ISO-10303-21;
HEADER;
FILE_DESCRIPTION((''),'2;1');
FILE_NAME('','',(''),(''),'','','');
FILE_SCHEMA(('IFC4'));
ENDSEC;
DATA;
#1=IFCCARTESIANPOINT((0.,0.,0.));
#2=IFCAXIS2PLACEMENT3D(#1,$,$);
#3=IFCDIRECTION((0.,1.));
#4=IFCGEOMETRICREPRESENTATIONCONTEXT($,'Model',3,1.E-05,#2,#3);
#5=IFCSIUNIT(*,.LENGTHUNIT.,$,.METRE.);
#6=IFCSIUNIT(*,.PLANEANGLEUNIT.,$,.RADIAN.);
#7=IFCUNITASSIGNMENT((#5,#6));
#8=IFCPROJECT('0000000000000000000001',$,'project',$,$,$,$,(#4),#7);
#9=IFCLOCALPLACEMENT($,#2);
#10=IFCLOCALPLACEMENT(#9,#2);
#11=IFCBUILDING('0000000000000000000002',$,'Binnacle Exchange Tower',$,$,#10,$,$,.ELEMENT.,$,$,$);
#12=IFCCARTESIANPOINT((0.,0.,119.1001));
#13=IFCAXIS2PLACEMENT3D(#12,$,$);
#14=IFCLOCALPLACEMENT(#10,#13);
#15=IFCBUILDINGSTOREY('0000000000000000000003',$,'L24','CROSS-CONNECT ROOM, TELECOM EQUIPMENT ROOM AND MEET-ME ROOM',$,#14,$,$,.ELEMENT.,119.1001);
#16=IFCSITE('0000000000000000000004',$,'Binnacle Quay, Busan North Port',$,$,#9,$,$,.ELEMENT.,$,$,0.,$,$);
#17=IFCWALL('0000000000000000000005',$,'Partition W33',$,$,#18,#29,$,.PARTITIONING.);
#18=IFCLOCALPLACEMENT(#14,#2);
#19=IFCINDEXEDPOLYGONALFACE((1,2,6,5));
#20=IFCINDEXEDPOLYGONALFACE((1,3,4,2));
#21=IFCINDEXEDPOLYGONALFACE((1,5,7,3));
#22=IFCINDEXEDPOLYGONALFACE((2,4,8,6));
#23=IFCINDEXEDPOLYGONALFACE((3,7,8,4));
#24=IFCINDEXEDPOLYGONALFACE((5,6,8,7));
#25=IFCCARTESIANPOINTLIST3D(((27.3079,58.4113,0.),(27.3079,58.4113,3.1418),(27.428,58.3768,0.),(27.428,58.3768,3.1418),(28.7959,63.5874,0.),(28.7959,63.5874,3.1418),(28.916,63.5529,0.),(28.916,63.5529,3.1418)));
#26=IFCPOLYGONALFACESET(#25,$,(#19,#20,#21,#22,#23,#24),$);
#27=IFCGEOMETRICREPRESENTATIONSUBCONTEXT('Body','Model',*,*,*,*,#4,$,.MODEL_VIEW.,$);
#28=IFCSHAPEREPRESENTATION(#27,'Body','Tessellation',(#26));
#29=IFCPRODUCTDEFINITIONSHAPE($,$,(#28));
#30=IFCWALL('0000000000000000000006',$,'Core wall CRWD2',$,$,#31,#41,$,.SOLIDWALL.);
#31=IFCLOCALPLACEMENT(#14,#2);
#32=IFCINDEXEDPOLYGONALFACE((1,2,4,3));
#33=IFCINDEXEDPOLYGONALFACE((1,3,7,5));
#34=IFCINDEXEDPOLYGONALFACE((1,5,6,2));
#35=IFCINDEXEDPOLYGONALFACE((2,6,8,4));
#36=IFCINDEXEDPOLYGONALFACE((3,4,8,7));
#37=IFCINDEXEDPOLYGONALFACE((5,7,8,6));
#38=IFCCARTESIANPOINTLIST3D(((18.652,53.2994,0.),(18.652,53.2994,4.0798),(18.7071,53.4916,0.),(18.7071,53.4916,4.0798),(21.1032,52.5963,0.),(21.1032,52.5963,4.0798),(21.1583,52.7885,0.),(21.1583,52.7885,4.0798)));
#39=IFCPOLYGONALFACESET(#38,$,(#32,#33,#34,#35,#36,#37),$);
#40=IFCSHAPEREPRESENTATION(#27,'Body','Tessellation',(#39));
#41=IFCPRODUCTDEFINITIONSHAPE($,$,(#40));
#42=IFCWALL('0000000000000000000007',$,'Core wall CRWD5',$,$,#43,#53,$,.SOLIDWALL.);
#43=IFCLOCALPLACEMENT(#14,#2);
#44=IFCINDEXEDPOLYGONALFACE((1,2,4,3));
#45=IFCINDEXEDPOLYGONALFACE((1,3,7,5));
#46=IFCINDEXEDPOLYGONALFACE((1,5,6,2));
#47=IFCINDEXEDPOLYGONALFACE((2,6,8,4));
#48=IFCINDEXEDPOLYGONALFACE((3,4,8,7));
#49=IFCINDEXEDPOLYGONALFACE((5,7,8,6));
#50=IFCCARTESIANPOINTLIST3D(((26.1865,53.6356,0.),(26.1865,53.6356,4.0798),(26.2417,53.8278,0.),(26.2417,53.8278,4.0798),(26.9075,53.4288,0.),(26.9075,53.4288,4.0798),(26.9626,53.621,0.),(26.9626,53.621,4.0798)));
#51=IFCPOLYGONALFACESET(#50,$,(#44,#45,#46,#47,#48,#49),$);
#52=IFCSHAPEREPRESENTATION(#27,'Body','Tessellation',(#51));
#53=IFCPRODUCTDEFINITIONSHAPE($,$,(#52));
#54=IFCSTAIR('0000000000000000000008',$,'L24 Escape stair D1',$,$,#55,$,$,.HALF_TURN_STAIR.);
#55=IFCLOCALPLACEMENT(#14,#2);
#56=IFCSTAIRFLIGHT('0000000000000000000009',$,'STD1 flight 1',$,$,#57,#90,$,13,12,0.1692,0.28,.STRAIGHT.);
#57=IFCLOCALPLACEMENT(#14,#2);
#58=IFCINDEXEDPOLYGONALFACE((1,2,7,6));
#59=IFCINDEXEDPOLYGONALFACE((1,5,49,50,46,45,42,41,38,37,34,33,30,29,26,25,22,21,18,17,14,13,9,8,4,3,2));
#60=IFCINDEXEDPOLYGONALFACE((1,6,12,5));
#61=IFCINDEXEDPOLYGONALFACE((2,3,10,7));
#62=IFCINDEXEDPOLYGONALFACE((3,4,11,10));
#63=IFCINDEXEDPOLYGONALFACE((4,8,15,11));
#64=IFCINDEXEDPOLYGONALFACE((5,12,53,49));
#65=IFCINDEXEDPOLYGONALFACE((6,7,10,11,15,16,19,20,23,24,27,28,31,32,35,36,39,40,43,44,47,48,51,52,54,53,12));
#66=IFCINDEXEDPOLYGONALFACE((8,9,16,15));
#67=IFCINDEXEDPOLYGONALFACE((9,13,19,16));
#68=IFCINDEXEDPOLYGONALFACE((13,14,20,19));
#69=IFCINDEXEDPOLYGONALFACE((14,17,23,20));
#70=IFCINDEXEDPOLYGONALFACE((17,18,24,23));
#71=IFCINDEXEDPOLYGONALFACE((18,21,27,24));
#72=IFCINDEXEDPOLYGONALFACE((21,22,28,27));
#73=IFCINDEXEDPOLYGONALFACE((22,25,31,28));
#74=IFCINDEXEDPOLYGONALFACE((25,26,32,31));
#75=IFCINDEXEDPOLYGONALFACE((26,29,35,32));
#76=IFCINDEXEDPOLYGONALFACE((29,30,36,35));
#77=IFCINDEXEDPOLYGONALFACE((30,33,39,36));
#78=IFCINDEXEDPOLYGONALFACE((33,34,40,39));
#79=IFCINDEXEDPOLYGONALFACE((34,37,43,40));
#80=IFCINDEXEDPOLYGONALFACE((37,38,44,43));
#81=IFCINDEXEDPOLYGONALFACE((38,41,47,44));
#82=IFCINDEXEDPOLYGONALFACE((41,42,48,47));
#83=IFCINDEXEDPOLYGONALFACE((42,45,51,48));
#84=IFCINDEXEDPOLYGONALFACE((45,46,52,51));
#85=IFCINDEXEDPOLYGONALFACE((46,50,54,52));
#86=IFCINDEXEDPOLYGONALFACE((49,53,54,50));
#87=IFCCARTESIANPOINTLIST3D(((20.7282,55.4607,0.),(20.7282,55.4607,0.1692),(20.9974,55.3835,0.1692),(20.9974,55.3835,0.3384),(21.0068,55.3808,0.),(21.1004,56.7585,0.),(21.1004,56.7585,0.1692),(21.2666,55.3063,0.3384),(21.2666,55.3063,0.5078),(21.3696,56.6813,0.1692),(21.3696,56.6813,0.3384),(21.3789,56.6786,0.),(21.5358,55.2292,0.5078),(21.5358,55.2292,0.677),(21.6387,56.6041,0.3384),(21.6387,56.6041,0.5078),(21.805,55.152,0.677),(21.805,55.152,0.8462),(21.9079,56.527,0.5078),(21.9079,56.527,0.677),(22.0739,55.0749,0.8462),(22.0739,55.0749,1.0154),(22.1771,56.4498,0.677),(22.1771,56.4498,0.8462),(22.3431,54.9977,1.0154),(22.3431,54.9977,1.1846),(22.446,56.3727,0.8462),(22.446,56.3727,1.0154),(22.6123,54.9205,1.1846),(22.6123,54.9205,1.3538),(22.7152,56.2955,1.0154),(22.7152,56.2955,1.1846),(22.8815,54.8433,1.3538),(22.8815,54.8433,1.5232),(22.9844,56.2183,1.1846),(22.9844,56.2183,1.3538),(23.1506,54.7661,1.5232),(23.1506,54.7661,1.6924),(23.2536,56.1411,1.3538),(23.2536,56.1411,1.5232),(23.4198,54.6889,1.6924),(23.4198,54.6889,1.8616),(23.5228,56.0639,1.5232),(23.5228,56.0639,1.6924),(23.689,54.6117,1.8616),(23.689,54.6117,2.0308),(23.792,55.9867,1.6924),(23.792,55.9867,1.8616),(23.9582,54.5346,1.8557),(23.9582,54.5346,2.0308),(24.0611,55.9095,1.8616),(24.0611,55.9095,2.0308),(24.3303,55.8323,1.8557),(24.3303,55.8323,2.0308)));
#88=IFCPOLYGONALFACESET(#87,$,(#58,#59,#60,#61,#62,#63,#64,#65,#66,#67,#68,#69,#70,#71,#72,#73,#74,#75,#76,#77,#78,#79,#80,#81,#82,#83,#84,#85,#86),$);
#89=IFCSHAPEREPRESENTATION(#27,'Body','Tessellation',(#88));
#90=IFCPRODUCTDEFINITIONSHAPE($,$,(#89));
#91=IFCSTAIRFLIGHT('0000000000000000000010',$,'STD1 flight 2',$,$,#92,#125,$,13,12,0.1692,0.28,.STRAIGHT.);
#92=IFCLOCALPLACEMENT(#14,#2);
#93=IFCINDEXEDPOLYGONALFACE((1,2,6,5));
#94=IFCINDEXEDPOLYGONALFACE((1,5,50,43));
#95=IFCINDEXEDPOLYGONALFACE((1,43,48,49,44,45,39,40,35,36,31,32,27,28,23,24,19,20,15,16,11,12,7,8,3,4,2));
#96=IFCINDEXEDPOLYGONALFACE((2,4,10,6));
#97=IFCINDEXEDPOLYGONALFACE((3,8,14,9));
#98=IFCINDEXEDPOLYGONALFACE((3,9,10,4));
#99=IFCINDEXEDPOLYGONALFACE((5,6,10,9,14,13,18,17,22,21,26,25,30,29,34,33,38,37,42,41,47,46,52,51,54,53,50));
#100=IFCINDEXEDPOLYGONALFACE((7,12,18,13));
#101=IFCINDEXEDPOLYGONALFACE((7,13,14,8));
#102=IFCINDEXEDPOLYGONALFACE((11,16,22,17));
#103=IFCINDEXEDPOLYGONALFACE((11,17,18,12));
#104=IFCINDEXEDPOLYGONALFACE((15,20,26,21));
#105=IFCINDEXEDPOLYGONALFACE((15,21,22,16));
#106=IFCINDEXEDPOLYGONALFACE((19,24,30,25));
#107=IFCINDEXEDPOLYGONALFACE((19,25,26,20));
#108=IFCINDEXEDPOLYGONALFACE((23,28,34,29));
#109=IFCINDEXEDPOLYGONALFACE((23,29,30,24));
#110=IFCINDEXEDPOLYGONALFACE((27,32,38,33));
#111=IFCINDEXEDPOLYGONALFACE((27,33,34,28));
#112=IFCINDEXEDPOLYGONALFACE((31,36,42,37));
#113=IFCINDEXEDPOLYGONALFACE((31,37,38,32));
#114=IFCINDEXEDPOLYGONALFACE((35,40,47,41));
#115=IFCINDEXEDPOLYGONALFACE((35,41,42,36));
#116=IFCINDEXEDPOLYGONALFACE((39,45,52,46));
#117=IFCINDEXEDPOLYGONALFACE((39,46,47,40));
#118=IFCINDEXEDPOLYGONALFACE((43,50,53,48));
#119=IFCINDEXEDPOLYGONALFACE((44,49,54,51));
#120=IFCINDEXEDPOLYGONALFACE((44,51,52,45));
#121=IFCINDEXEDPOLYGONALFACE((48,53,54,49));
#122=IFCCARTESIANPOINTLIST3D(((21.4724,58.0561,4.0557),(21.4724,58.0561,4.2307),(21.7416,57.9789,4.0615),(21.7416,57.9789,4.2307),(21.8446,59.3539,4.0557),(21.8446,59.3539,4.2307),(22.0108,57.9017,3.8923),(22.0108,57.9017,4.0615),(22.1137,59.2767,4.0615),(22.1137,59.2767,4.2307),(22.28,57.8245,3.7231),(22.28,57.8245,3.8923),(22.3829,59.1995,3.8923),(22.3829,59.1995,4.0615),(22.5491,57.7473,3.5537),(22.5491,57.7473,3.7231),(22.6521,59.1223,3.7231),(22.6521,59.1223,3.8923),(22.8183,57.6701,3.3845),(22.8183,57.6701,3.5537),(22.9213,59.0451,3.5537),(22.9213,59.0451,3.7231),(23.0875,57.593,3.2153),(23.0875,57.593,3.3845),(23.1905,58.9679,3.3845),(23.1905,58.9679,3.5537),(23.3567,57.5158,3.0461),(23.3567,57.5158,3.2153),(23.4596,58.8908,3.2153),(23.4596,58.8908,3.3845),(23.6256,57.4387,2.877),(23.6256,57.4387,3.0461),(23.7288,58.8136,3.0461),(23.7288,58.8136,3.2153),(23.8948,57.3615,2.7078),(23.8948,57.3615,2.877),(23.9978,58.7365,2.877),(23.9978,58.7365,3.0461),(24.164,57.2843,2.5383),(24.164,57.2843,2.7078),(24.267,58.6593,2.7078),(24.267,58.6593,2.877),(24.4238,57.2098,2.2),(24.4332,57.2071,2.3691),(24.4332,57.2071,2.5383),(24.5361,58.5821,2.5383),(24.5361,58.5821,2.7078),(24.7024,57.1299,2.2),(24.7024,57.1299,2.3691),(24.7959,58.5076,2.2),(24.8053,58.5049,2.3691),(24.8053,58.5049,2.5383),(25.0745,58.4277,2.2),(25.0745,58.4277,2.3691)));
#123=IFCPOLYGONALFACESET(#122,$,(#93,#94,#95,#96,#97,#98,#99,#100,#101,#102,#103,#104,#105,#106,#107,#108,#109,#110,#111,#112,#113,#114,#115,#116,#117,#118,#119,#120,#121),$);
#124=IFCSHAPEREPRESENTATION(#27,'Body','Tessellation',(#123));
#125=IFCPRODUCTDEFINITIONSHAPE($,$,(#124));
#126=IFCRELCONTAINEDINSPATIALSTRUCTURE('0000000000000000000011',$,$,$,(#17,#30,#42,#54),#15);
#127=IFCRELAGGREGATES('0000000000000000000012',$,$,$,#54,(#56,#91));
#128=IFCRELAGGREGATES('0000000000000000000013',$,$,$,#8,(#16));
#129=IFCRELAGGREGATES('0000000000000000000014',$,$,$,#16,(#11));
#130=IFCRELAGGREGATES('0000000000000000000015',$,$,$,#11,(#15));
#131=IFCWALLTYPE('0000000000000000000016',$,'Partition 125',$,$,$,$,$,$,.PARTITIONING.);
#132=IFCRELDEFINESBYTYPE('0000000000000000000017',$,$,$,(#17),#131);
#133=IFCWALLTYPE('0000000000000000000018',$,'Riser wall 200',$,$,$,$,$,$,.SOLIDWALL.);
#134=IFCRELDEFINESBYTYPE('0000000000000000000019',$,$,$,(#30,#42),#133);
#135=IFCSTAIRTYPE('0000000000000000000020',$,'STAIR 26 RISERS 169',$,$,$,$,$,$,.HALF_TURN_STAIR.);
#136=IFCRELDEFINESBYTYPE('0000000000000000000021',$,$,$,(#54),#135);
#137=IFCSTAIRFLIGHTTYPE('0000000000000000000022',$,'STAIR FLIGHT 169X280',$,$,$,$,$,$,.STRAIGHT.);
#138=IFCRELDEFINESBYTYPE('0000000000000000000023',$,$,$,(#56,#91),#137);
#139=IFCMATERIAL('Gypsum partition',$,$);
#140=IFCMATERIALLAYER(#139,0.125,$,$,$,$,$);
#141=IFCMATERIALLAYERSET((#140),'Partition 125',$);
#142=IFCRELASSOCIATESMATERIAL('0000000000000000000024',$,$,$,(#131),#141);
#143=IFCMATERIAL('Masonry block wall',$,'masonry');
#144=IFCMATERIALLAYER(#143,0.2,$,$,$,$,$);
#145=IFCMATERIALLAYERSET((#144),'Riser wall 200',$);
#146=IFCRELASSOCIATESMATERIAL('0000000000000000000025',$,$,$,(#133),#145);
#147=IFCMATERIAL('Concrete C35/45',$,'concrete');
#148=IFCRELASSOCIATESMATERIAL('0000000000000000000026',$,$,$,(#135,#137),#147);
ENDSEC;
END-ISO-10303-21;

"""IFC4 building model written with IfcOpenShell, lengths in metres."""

from ifc_helpers import new_model, si_unit, direction, frame, frame_2d, origin, place, context, subcontext, project, spatial, polyline, rectangle, outline, extrude, material, layer, layer_set, type_object, element, aggregate, save


model = new_model("IFC4")

# Units and contexts
model_context = context("Model", 3, precision=1e-05, world=origin(), true_north=direction((0.0, 1.0)))
body_context = subcontext(model_context, "Body", "Model", "MODEL_VIEW")
ifc_project = project(units=[si_unit("LENGTHUNIT", "METRE"), si_unit("PLANEANGLEUNIT", "RADIAN")], contexts=[model_context])

# Site, building, storey
site_placement = place(None, origin())
site = spatial("IfcSite", under=ifc_project, at=site_placement, Name="Binnacle Quay, Busan North Port", CompositionType="ELEMENT", RefElevation=0.0)
building_placement = place(site_placement, origin())
building = spatial("IfcBuilding", under=site, at=building_placement, Name="Binnacle Exchange Tower", CompositionType="ELEMENT")
storey_placement = place(building_placement, frame((0.0, 0.0, 119.1001)))
storey = spatial("IfcBuildingStorey", under=building, at=storey_placement, Name="L24", Description="CROSS-CONNECT ROOM, TELECOM EQUIPMENT ROOM AND MEET-ME ROOM", CompositionType="ELEMENT", Elevation=119.1001)

# Walls
ifc_material_1 = material(Name="Gypsum partition")
ifc_layer_1 = layer(ifc_material_1, 0.125)
ifc_layer_set_1 = layer_set([ifc_layer_1], Name="Partition 125")
wall_type_1 = type_object("IfcWallType", Name="Partition 125", PredefinedType="PARTITIONING", material=ifc_layer_set_1)
wall_1_placement = place(storey_placement, frame((27.3679, 58.394, 0.0), z_axis=(0.0, 0.0, 1.0), x_axis=(0.276295, 0.961073, 0.0)))
element("IfcWall", 1, at=wall_1_placement, inside=storey, type_object=wall_type_1, Name="Partition W33", PredefinedType="PARTITIONING", context=body_context, shape_type="SweptSolid", body=[
    extrude(rectangle(XDim=5.3857, YDim=0.125, at=frame_2d((2.6929, 0.0))), origin(), (0.0, 0.0, 1.0), 3.1418),
])
ifc_material_2 = material(Name="Masonry block wall", Category="masonry")
ifc_layer_2 = layer(ifc_material_2, 0.2)
ifc_layer_set_2 = layer_set([ifc_layer_2], Name="Riser wall 200")
wall_type_2 = type_object("IfcWallType", Name="Riser wall 200", PredefinedType="SOLIDWALL", material=ifc_layer_set_2)
wall_2_placement = place(storey_placement, frame((18.6797, 53.3955, 0.0), z_axis=(0.0, 0.0, 1.0), x_axis=(0.961234, -0.275733, 0.0)))
element("IfcWall", 2, at=wall_2_placement, inside=storey, type_object=wall_type_2, Name="Core wall CRWD2", PredefinedType="SOLIDWALL", context=body_context, shape_type="SweptSolid", body=[
    extrude(rectangle(XDim=2.55, YDim=0.2, at=frame_2d((1.2749, 0.0))), origin(), (0.0, 0.0, 1.0), 4.0798),
])
wall_3_placement = place(storey_placement, frame((26.2141, 53.7317, 0.0), z_axis=(0.0, 0.0, 1.0), x_axis=(0.961241, -0.27571, 0.0)))
element("IfcWall", 3, at=wall_3_placement, inside=storey, type_object=wall_type_2, Name="Core wall CRWD5", PredefinedType="SOLIDWALL", context=body_context, shape_type="SweptSolid", body=[
    extrude(rectangle(XDim=0.75, YDim=0.2, at=frame_2d((0.375, 0.0))), origin(), (0.0, 0.0, 1.0), 4.0798),
])

# Stair, stair flights
ifc_material_3 = material(Name="Concrete C35/45", Category="concrete")
stair_type = type_object("IfcStairType", Name="STAIR 26 RISERS 169", PredefinedType="HALF_TURN_STAIR", material=ifc_material_3)
stair_placement = place(storey_placement, origin())
stair = element("IfcStair", 4, at=stair_placement, inside=storey, type_object=stair_type, Name="L24 Escape stair D1", PredefinedType="HALF_TURN_STAIR")
stair_flight_type = type_object("IfcStairFlightType", Name="STAIR FLIGHT 169X280", PredefinedType="STRAIGHT", material=ifc_material_3)
stair_flight_1_placement = place(storey_placement, frame((20.9143, 56.1096, 0.0), z_axis=(0.0, 0.0, 1.0), x_axis=(0.961262, -0.275637, 0.0)))
stair_flight_1 = element("IfcStairFlight", 5, at=stair_flight_1_placement, type_object=stair_flight_type, Name="STD1 flight 1", NumberOfRisers=13, NumberOfTreads=12, PredefinedType="STRAIGHT", RiserHeight=0.1692, TreadLength=0.28, context=body_context, shape_type="SweptSolid", body=[
    extrude(outline(polyline([(0.0, 0.0), (0.0, 0.1692), (0.28, 0.1692), (0.28, 0.3384), (0.5601, 0.3384), (0.5601, 0.5078), (0.8401, 0.5078), (0.8401, 0.677), (1.1201, 0.677), (1.1201, 0.8462), (1.3999, 0.8462), (1.3999, 1.0154), (1.6799, 1.0154), (1.6799, 1.1846), (1.96, 1.1846), (1.96, 1.3538), (2.24, 1.3538), (2.24, 1.5232), (2.52, 1.5232), (2.52, 1.6924), (2.8, 1.6924), (2.8, 1.8616), (3.0801, 1.8616), (3.0801, 2.0308), (3.3601, 2.0308), (3.3601, 2.2), (3.3601, 1.8557), (0.2898, 0.0), (0.0, 0.0)])), frame((0.0, 0.675, 0.0), z_axis=(0.0, -1.0, 0.0), x_axis=(1.0, 0.0, 0.0)), (0.0, 0.0, 1.0), 1.3501),
])
stair_flight_2_placement = place(storey_placement, frame((24.8884, 57.7788, 2.2), z_axis=(0.0, 0.0, 1.0), x_axis=(-0.961262, 0.275637, 0.0)))
stair_flight_2 = element("IfcStairFlight", 6, at=stair_flight_2_placement, type_object=stair_flight_type, Name="STD1 flight 2", NumberOfRisers=13, NumberOfTreads=12, PredefinedType="STRAIGHT", RiserHeight=0.1692, TreadLength=0.28, context=body_context, shape_type="SweptSolid", body=[
    extrude(outline(polyline([(0.0, 0.0), (0.0, 0.1692), (0.28, 0.1692), (0.28, 0.3384), (0.5601, 0.3384), (0.5601, 0.5078), (0.8401, 0.5078), (0.8401, 0.677), (1.1201, 0.677), (1.1201, 0.8462), (1.3999, 0.8462), (1.3999, 1.0154), (1.6799, 1.0154), (1.6799, 1.1846), (1.96, 1.1846), (1.96, 1.3538), (2.24, 1.3538), (2.24, 1.5232), (2.52, 1.5232), (2.52, 1.6924), (2.8, 1.6924), (2.8, 1.8616), (3.0801, 1.8616), (3.0801, 2.0308), (3.3601, 2.0308), (3.3601, 2.2), (3.3601, 1.8557), (0.2898, 0.0), (0.0, 0.0)])), frame((0.0, 0.675, 0.0), z_axis=(0.0, -1.0, 0.0), x_axis=(1.0, 0.0, 0.0)), (0.0, 0.0, 1.0), 1.3501),
])
aggregate(stair, [stair_flight_1, stair_flight_2])

save(model, "model.ifc")
